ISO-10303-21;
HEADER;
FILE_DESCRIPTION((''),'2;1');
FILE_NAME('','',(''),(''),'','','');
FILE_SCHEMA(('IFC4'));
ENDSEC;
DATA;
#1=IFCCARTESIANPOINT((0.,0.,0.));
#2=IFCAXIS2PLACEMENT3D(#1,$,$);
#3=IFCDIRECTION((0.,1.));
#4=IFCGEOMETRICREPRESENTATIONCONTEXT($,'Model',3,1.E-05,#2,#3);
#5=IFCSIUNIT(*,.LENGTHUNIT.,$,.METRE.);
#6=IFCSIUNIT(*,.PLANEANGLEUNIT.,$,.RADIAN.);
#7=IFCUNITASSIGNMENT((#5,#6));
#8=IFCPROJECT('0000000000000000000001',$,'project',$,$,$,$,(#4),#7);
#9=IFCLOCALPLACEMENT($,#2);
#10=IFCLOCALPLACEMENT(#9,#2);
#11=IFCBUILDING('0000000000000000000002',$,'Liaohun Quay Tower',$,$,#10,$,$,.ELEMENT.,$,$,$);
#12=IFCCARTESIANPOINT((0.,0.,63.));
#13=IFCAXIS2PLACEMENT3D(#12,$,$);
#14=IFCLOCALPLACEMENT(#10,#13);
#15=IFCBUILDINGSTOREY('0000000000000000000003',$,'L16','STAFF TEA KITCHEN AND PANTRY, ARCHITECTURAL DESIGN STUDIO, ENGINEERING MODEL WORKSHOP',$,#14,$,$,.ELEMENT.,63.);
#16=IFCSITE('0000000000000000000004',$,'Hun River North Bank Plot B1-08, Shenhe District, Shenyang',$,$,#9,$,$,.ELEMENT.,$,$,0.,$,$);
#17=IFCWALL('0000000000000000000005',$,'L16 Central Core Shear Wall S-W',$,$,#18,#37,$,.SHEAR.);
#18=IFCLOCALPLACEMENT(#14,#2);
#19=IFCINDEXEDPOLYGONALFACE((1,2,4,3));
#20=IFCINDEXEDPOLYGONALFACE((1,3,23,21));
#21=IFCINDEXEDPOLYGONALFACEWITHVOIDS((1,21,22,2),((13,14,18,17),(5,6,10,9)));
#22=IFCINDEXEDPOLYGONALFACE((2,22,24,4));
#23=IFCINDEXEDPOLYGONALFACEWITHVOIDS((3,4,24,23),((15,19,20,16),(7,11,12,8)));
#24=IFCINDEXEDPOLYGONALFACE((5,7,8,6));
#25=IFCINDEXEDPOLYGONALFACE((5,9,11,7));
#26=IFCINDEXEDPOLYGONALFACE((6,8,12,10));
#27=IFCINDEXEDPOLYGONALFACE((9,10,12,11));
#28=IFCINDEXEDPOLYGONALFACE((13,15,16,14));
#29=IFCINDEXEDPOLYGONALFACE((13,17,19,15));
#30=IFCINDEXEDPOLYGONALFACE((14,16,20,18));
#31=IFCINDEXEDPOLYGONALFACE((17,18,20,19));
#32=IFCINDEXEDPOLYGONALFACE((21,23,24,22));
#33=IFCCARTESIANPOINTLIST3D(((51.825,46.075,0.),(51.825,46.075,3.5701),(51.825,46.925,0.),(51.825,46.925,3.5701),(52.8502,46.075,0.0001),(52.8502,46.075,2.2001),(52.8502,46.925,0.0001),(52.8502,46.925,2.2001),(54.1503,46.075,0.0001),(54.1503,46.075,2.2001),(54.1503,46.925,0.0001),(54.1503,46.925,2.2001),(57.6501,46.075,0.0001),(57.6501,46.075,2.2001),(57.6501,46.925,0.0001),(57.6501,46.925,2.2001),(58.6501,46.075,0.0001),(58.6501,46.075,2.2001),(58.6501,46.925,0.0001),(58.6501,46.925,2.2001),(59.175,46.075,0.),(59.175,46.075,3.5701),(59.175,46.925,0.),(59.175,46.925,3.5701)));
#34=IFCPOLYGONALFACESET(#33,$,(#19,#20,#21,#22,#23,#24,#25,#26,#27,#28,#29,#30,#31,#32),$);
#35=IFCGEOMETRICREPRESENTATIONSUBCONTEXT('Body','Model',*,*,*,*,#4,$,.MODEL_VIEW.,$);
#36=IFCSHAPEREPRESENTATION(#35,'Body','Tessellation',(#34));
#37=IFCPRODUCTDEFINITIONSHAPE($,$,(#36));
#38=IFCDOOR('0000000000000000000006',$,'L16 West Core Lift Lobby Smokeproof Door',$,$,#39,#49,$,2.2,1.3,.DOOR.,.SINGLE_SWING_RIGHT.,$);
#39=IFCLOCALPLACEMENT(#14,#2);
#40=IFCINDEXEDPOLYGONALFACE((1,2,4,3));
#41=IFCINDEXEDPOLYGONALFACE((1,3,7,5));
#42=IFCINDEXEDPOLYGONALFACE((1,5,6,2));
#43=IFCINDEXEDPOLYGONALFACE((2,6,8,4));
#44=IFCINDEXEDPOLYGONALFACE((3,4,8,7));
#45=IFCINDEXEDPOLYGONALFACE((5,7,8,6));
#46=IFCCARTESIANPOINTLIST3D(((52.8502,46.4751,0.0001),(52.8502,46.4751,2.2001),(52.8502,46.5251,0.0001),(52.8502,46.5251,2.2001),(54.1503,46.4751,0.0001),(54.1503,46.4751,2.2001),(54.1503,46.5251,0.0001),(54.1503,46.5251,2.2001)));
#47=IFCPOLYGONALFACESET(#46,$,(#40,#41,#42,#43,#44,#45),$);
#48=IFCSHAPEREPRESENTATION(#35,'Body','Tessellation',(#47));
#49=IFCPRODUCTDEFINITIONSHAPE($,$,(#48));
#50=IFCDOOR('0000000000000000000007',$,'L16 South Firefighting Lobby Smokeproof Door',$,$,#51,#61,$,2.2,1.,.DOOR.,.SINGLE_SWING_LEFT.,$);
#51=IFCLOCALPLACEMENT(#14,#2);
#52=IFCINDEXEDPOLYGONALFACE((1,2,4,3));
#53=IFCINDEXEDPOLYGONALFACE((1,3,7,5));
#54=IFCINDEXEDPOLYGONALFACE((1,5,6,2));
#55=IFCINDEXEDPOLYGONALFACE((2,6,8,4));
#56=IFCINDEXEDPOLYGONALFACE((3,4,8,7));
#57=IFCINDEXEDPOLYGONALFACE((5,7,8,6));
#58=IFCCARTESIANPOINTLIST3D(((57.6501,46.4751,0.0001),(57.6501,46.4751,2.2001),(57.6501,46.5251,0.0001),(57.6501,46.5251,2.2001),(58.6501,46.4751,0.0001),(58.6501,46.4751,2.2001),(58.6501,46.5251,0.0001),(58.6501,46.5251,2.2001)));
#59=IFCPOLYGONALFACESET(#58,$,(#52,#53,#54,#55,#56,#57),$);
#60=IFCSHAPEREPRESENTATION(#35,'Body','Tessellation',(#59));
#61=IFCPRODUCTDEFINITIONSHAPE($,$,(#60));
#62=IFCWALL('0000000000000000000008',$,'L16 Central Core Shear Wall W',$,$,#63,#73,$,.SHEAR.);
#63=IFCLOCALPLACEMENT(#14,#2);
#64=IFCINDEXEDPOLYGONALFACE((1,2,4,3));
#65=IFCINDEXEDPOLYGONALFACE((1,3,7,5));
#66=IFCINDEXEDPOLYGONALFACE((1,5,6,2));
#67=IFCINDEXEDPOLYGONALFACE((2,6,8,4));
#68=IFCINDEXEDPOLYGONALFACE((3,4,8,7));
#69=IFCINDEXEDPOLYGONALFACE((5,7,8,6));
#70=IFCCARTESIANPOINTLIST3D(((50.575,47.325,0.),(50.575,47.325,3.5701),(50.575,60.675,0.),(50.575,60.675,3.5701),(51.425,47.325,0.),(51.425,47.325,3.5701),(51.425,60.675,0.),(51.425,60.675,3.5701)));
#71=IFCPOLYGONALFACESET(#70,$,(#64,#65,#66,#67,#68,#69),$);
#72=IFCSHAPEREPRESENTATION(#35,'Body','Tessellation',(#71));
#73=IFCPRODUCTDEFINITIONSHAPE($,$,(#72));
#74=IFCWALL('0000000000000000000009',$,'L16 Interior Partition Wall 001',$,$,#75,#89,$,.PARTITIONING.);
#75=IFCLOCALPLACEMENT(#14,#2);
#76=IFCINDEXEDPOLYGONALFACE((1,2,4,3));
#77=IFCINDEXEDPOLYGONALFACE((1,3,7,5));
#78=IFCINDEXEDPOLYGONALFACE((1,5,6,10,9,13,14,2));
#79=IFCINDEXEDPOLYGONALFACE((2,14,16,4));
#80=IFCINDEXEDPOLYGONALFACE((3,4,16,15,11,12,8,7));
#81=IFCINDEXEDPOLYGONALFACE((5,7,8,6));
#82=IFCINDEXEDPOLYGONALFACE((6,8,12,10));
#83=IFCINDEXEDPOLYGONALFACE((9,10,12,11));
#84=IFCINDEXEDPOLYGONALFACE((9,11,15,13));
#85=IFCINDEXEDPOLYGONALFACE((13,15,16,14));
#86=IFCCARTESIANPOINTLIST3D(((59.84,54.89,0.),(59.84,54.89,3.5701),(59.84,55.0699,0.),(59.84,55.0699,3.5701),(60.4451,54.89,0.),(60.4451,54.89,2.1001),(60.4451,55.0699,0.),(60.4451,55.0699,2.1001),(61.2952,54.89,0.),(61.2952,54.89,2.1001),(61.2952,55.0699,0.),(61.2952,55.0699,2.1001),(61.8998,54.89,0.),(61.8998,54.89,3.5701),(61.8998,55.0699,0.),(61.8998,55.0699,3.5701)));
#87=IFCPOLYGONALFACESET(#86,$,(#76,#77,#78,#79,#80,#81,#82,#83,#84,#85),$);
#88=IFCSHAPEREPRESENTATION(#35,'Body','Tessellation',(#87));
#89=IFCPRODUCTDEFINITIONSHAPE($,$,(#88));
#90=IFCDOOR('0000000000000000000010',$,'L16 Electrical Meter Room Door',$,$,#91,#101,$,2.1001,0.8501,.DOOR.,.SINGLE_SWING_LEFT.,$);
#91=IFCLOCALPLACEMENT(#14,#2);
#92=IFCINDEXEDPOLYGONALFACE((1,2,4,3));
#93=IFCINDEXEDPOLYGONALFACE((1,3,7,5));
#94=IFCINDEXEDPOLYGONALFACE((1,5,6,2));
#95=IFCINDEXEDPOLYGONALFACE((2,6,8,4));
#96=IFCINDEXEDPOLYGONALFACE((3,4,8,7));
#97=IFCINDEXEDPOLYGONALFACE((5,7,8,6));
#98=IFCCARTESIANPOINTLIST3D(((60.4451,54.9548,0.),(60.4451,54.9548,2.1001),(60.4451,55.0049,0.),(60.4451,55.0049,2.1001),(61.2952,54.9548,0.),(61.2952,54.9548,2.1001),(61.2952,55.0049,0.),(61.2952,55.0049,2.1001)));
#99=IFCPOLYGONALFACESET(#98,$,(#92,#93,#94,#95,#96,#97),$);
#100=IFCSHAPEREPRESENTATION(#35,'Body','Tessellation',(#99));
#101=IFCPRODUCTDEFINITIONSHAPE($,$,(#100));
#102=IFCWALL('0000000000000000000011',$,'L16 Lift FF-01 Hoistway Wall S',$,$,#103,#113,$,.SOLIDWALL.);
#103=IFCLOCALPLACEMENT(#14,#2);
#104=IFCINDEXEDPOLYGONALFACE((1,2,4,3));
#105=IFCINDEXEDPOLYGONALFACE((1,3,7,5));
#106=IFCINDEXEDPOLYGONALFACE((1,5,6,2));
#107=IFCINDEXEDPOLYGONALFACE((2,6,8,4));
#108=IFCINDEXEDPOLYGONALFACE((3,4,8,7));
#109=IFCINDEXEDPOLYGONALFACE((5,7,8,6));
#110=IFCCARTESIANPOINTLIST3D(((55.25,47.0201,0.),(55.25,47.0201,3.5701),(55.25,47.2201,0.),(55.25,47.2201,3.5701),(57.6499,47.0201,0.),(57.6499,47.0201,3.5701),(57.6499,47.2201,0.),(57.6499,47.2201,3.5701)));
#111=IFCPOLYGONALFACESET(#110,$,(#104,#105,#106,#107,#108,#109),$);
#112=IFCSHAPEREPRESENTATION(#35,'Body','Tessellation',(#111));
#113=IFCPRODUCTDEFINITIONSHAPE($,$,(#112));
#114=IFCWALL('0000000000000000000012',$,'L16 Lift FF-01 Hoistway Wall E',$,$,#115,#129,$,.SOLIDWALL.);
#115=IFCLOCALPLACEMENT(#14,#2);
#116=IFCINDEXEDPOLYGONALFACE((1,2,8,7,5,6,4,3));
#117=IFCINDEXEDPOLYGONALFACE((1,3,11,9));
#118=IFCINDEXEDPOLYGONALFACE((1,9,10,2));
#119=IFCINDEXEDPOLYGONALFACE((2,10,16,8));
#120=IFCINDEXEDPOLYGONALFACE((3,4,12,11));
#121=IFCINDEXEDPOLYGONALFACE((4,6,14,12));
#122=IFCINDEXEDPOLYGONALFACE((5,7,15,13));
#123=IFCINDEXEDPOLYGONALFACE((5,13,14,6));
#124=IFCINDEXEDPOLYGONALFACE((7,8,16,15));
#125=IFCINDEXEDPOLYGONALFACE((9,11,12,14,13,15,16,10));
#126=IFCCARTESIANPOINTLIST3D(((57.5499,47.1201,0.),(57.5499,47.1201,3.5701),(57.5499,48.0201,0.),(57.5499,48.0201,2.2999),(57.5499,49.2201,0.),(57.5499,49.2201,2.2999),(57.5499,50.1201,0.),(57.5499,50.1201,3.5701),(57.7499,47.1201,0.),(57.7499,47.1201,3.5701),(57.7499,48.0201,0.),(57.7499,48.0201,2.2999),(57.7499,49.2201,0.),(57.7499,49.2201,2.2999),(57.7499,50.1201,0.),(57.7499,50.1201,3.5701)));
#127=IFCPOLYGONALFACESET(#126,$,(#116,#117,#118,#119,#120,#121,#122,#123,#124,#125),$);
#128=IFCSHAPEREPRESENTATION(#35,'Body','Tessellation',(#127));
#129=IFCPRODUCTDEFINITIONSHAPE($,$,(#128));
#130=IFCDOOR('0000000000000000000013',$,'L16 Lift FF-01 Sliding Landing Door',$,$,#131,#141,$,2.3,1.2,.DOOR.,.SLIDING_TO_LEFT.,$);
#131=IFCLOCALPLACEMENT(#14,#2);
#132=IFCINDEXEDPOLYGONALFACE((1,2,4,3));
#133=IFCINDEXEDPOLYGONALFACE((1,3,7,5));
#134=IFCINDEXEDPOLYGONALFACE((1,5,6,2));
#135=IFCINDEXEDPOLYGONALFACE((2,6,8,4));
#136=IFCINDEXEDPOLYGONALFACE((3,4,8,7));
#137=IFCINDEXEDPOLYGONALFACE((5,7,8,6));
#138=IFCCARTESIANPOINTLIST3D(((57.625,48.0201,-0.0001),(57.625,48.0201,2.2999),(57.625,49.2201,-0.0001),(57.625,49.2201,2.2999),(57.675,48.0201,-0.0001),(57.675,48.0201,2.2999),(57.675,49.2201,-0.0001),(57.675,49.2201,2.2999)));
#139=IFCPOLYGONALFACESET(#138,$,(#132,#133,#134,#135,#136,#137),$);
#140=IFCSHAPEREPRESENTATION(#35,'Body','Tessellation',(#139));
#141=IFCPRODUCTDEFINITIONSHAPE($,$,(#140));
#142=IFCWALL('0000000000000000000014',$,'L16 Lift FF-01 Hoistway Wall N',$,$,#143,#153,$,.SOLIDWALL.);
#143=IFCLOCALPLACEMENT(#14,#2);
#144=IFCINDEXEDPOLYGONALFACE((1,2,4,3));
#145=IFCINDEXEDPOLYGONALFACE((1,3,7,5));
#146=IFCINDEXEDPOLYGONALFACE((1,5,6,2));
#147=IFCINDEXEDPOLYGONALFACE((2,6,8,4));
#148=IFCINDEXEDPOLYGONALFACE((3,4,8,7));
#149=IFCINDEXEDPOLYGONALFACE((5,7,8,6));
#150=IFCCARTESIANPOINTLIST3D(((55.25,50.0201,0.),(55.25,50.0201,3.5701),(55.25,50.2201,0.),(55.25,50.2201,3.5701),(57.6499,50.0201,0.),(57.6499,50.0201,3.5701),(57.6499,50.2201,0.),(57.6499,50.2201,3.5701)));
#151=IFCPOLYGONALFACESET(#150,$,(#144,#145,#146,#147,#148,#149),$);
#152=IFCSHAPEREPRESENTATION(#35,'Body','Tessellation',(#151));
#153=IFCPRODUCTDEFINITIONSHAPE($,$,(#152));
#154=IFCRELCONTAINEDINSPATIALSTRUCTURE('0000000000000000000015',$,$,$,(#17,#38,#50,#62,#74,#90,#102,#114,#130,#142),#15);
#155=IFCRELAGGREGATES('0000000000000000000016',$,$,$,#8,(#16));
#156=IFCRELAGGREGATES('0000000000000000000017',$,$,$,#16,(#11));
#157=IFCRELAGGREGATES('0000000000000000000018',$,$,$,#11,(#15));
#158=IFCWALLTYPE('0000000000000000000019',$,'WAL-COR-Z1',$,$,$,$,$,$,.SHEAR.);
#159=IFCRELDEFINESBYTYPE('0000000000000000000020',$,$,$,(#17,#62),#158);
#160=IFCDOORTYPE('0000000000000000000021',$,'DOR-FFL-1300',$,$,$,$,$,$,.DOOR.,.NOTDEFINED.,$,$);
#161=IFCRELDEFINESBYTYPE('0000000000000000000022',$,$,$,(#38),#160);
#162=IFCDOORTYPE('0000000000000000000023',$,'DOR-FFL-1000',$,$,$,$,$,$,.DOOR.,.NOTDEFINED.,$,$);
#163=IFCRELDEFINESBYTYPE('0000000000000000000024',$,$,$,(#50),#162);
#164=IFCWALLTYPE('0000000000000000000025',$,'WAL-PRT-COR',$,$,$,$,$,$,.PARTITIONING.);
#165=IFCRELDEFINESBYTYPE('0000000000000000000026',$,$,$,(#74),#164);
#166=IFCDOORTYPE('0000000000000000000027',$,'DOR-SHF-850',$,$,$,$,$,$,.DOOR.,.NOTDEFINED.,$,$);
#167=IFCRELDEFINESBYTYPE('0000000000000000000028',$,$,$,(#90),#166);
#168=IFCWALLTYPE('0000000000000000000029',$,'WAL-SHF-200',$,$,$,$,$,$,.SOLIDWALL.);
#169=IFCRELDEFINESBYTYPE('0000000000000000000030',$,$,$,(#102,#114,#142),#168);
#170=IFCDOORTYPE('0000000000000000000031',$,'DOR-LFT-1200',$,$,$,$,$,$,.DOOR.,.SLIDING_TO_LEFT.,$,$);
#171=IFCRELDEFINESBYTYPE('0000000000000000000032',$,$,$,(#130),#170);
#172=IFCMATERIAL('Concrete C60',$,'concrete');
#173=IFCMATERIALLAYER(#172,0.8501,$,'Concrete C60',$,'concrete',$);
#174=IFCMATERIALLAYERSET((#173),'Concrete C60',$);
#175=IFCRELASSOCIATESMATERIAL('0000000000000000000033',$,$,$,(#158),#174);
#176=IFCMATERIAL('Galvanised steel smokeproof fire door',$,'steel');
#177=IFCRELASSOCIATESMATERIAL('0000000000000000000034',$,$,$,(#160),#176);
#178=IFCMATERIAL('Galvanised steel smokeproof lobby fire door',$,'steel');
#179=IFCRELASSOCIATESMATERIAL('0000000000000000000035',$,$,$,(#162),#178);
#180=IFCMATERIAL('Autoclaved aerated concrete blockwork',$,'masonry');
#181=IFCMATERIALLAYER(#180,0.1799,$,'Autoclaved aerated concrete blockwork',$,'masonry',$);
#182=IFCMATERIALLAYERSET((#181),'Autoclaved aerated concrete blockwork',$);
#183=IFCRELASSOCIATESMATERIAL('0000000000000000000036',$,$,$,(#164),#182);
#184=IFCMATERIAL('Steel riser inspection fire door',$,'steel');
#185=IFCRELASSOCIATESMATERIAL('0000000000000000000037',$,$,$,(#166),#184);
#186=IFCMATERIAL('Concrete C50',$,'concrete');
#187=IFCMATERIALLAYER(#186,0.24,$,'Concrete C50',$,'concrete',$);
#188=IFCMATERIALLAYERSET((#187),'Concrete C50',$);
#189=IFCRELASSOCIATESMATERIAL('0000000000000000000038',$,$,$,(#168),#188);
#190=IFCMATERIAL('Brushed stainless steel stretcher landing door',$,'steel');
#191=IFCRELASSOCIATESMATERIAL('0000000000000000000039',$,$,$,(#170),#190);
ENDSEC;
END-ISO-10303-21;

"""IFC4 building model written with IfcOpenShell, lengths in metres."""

from ifc_helpers import new_model, si_unit, direction, frame, frame_2d, origin, place, context, subcontext, project, spatial, rectangle, extrude, source, transform, mapped, material, layer, layer_set, type_object, element, fill, save


model = new_model("IFC4")

# Units and contexts
model_context = context("Model", 3, precision=1e-05, world=origin(), true_north=direction((0.0, 1.0)))
body_context = subcontext(model_context, "Body", "Model", "MODEL_VIEW")
ifc_project = project(units=[si_unit("LENGTHUNIT", "METRE"), si_unit("PLANEANGLEUNIT", "RADIAN")], contexts=[model_context])

# Site, building, storey
site_placement = place(None, origin())
site = spatial("IfcSite", under=ifc_project, at=site_placement, Name="Hun River North Bank Plot B1-08, Shenhe District, Shenyang", CompositionType="ELEMENT", RefElevation=0.0)
building_placement = place(site_placement, origin())
building = spatial("IfcBuilding", under=site, at=building_placement, Name="Liaohun Quay Tower", CompositionType="ELEMENT")
storey_placement = place(building_placement, frame((0.0, 0.0, 63.0)))
storey = spatial("IfcBuildingStorey", under=building, at=storey_placement, Name="L16", Description="STAFF TEA KITCHEN AND PANTRY, ARCHITECTURAL DESIGN STUDIO, ENGINEERING MODEL WORKSHOP", CompositionType="ELEMENT", Elevation=63.0)

# Wall, openings, doors
ifc_material_1 = material(Name="Concrete C60", Category="concrete")
ifc_layer_1 = layer(ifc_material_1, 0.8501, Name="Concrete C60", Category="concrete")
ifc_layer_set_1 = layer_set([ifc_layer_1], Name="Concrete C60")
wall_type_1 = type_object("IfcWallType", Name="WAL-COR-Z1", PredefinedType="SHEAR", material=ifc_layer_set_1)
wall_1_placement = place(storey_placement, frame((59.175, 46.5, 0.0), z_axis=(0.0, 0.0, 1.0), x_axis=(-1.0, 0.0, 0.0)))
wall_1 = element("IfcWall", 1, at=wall_1_placement, inside=storey, type_object=wall_type_1, Name="L16 Central Core Shear Wall S-W", PredefinedType="SHEAR", context=body_context, shape_type="SweptSolid", body=[
    extrude(rectangle(XDim=7.3501, YDim=0.8501, at=frame_2d((3.675, 0.0))), origin(), (0.0, 0.0, 1.0), 3.5701),
])
shared_shape_1 = source(origin(), body_context, "Body", "SweptSolid", [
    extrude(rectangle(XDim=1.3, YDim=2.2, at=frame_2d((0.6499, 1.1001))), frame((0.0, 0.4351, 0.0), z_axis=(0.0, -1.0, 0.0), x_axis=(1.0, 0.0, 0.0)), (0.0, 0.0, 1.0), 0.8701),
])
opening_1_placement = place(wall_1_placement, frame((5.0249, 0.0, 0.0)))
opening_1 = element("IfcOpeningElement", 2, at=opening_1_placement, cuts=wall_1, PredefinedType="OPENING", context=body_context, shape_type="MappedRepresentation", body=[
    mapped(shared_shape_1, transform((0.0, 0.0, 0.0), x_axis=(1.0, 0.0, 0.0), y_axis=(0.0, 1.0, 0.0), z_axis=(0.0, 0.0, 1.0), scale=1.0)),
])
shared_shape_2 = source(origin(), body_context, "Body", "SweptSolid", [
    extrude(rectangle(XDim=1.0, YDim=2.2, at=frame_2d((0.5, 1.1001))), frame((0.0, 0.4351, 0.0), z_axis=(0.0, -1.0, 0.0), x_axis=(1.0, 0.0, 0.0)), (0.0, 0.0, 1.0), 0.8701),
])
opening_2_placement = place(wall_1_placement, frame((0.5249, 0.0, 0.0)))
opening_2 = element("IfcOpeningElement", 3, at=opening_2_placement, cuts=wall_1, PredefinedType="OPENING", context=body_context, shape_type="MappedRepresentation", body=[
    mapped(shared_shape_2, transform((0.0, 0.0, 0.0), x_axis=(1.0, 0.0, 0.0), y_axis=(0.0, 1.0, 0.0), z_axis=(0.0, 0.0, 1.0), scale=1.0)),
])
ifc_material_2 = material(Name="Galvanised steel smokeproof fire door", Category="steel")
door_type_1 = type_object("IfcDoorType", Name="DOR-FFL-1300", OperationType="NOTDEFINED", PredefinedType="DOOR", material=ifc_material_2)
shared_shape_3 = source(origin(), body_context, "Body", "SweptSolid", [
    extrude(rectangle(XDim=1.3, YDim=2.2, at=frame_2d((0.6499, 1.1001))), frame((0.0, 0.0249, 0.0), z_axis=(0.0, -1.0, 0.0), x_axis=(1.0, 0.0, 0.0)), (0.0, 0.0, 1.0), 0.05),
])
door_1_placement = place(opening_1_placement, origin())
door_1 = element("IfcDoor", 4, at=door_1_placement, inside=storey, type_object=door_type_1, Name="L16 West Core Lift Lobby Smokeproof Door", OperationType="SINGLE_SWING_RIGHT", OverallHeight=2.2, OverallWidth=1.3, PredefinedType="DOOR", context=body_context, shape_type="MappedRepresentation", body=[
    mapped(shared_shape_3, transform((0.0, 0.0, 0.0), x_axis=(1.0, 0.0, 0.0), y_axis=(0.0, 1.0, 0.0), z_axis=(0.0, 0.0, 1.0), scale=1.0)),
])
fill(opening_1, door_1)
ifc_material_3 = material(Name="Galvanised steel smokeproof lobby fire door", Category="steel")
door_type_2 = type_object("IfcDoorType", Name="DOR-FFL-1000", OperationType="NOTDEFINED", PredefinedType="DOOR", material=ifc_material_3)
shared_shape_4 = source(origin(), body_context, "Body", "SweptSolid", [
    extrude(rectangle(XDim=1.0, YDim=2.2, at=frame_2d((0.5, 1.1001))), frame((0.0, 0.0249, 0.0), z_axis=(0.0, -1.0, 0.0), x_axis=(1.0, 0.0, 0.0)), (0.0, 0.0, 1.0), 0.05),
])
door_2_placement = place(opening_2_placement, origin())
door_2 = element("IfcDoor", 5, at=door_2_placement, inside=storey, type_object=door_type_2, Name="L16 South Firefighting Lobby Smokeproof Door", OperationType="SINGLE_SWING_LEFT", OverallHeight=2.2, OverallWidth=1.0, PredefinedType="DOOR", context=body_context, shape_type="MappedRepresentation", body=[
    mapped(shared_shape_4, transform((0.0, 0.0, 0.0), x_axis=(1.0, 0.0, 0.0), y_axis=(0.0, 1.0, 0.0), z_axis=(0.0, 0.0, 1.0), scale=1.0)),
])
fill(opening_2, door_2)

# Wall
wall_2_placement = place(storey_placement, frame((51.0, 47.325, 0.0), z_axis=(0.0, 0.0, 1.0), x_axis=(0.0, 1.0, 0.0)))
element("IfcWall", 6, at=wall_2_placement, inside=storey, type_object=wall_type_1, Name="L16 Central Core Shear Wall W", PredefinedType="SHEAR", context=body_context, shape_type="SweptSolid", body=[
    extrude(rectangle(XDim=13.3501, YDim=0.8501, at=frame_2d((6.675, 0.0))), origin(), (0.0, 0.0, 1.0), 3.5701),
])

# Wall, opening, door
ifc_material_4 = material(Name="Autoclaved aerated concrete blockwork", Category="masonry")
ifc_layer_2 = layer(ifc_material_4, 0.1799, Name="Autoclaved aerated concrete blockwork", Category="masonry")
ifc_layer_set_2 = layer_set([ifc_layer_2], Name="Autoclaved aerated concrete blockwork")
wall_type_2 = type_object("IfcWallType", Name="WAL-PRT-COR", PredefinedType="PARTITIONING", material=ifc_layer_set_2)
wall_3_placement = place(storey_placement, frame((59.8401, 54.98, 0.0), z_axis=(0.0, 0.0, 1.0), x_axis=(1.0, 0.0, 0.0)))
wall_3 = element("IfcWall", 7, at=wall_3_placement, inside=storey, type_object=wall_type_2, Name="L16 Interior Partition Wall 001", PredefinedType="PARTITIONING", context=body_context, shape_type="SweptSolid", body=[
    extrude(rectangle(XDim=2.0598, YDim=0.1799, at=frame_2d((1.0298, 0.0))), origin(), (0.0, 0.0, 1.0), 3.5701),
])
shared_shape_5 = source(origin(), body_context, "Body", "SweptSolid", [
    extrude(rectangle(XDim=0.8501, YDim=2.1001, at=frame_2d((0.425, 1.05))), frame((0.0, 0.0999, 0.0), z_axis=(0.0, -1.0, 0.0), x_axis=(1.0, 0.0, 0.0)), (0.0, 0.0, 1.0), 0.2),
])
opening_3_placement = place(wall_3_placement, frame((0.605, 0.0, 0.0)))
opening_3 = element("IfcOpeningElement", 8, at=opening_3_placement, cuts=wall_3, PredefinedType="OPENING", context=body_context, shape_type="MappedRepresentation", body=[
    mapped(shared_shape_5, transform((0.0, 0.0, 0.0), x_axis=(1.0, 0.0, 0.0), y_axis=(0.0, 1.0, 0.0), z_axis=(0.0, 0.0, 1.0), scale=1.0)),
])
ifc_material_5 = material(Name="Steel riser inspection fire door", Category="steel")
door_type_3 = type_object("IfcDoorType", Name="DOR-SHF-850", OperationType="NOTDEFINED", PredefinedType="DOOR", material=ifc_material_5)
shared_shape_6 = source(origin(), body_context, "Body", "SweptSolid", [
    extrude(rectangle(XDim=0.8501, YDim=2.1001, at=frame_2d((0.425, 1.05))), frame((0.0, 0.0249, 0.0), z_axis=(0.0, -1.0, 0.0), x_axis=(1.0, 0.0, 0.0)), (0.0, 0.0, 1.0), 0.05),
])
door_3_placement = place(opening_3_placement, origin())
door_3 = element("IfcDoor", 9, at=door_3_placement, inside=storey, type_object=door_type_3, Name="L16 Electrical Meter Room Door", OperationType="SINGLE_SWING_LEFT", OverallHeight=2.1001, OverallWidth=0.8501, PredefinedType="DOOR", context=body_context, shape_type="MappedRepresentation", body=[
    mapped(shared_shape_6, transform((0.0, 0.0, 0.0), x_axis=(1.0, 0.0, 0.0), y_axis=(0.0, 1.0, 0.0), z_axis=(0.0, 0.0, 1.0), scale=1.0)),
])
fill(opening_3, door_3)

# Wall
ifc_material_6 = material(Name="Concrete C50", Category="concrete")
ifc_layer_3 = layer(ifc_material_6, 0.24, Name="Concrete C50", Category="concrete")
ifc_layer_set_3 = layer_set([ifc_layer_3], Name="Concrete C50")
wall_type_3 = type_object("IfcWallType", Name="WAL-SHF-200", PredefinedType="SOLIDWALL", material=ifc_layer_set_3)
wall_4_placement = place(storey_placement, frame((55.25, 47.1201, 0.0), z_axis=(0.0, 0.0, 1.0), x_axis=(1.0, 0.0, 0.0)))
element("IfcWall", 10, at=wall_4_placement, inside=storey, type_object=wall_type_3, Name="L16 Lift FF-01 Hoistway Wall S", PredefinedType="SOLIDWALL", context=body_context, shape_type="SweptSolid", body=[
    extrude(rectangle(XDim=2.3999, YDim=0.2, at=frame_2d((1.2, 0.0))), origin(), (0.0, 0.0, 1.0), 3.5701),
])

# Wall, opening, door
wall_5_placement = place(storey_placement, frame((57.6499, 47.1201, 0.0), z_axis=(0.0, 0.0, 1.0), x_axis=(0.0, 1.0, 0.0)))
wall_5 = element("IfcWall", 11, at=wall_5_placement, inside=storey, type_object=wall_type_3, Name="L16 Lift FF-01 Hoistway Wall E", PredefinedType="SOLIDWALL", context=body_context, shape_type="SweptSolid", body=[
    extrude(rectangle(XDim=3.0, YDim=0.2, at=frame_2d((1.5, 0.0))), origin(), (0.0, 0.0, 1.0), 3.5701),
])
shared_shape_7 = source(origin(), body_context, "Body", "SweptSolid", [
    extrude(rectangle(XDim=1.2, YDim=2.3, at=frame_2d((0.6001, 1.1499))), frame((0.0, 0.1099, 0.0), z_axis=(0.0, -1.0, 0.0), x_axis=(1.0, 0.0, 0.0)), (0.0, 0.0, 1.0), 0.22),
])
opening_4_placement = place(wall_5_placement, frame((0.8999, 0.0, 0.0)))
opening_4 = element("IfcOpeningElement", 12, at=opening_4_placement, cuts=wall_5, PredefinedType="OPENING", context=body_context, shape_type="MappedRepresentation", body=[
    mapped(shared_shape_7, transform((0.0, 0.0, 0.0), x_axis=(1.0, 0.0, 0.0), y_axis=(0.0, 1.0, 0.0), z_axis=(0.0, 0.0, 1.0), scale=1.0)),
])
ifc_material_7 = material(Name="Brushed stainless steel stretcher landing door", Category="steel")
door_type_4 = type_object("IfcDoorType", Name="DOR-LFT-1200", OperationType="SLIDING_TO_LEFT", PredefinedType="DOOR", material=ifc_material_7)
shared_shape_8 = source(origin(), body_context, "Body", "SweptSolid", [
    extrude(rectangle(XDim=1.2, YDim=2.3, at=frame_2d((0.6001, 1.1499))), frame((0.0, 0.0249, 0.0), z_axis=(0.0, -1.0, 0.0), x_axis=(1.0, 0.0, 0.0)), (0.0, 0.0, 1.0), 0.05),
])
door_4_placement = place(opening_4_placement, origin())
door_4 = element("IfcDoor", 13, at=door_4_placement, inside=storey, type_object=door_type_4, Name="L16 Lift FF-01 Sliding Landing Door", OperationType="SLIDING_TO_LEFT", OverallHeight=2.3, OverallWidth=1.2, PredefinedType="DOOR", context=body_context, shape_type="MappedRepresentation", body=[
    mapped(shared_shape_8, transform((0.0, 0.0, 0.0), x_axis=(1.0, 0.0, 0.0), y_axis=(0.0, 1.0, 0.0), z_axis=(0.0, 0.0, 1.0), scale=1.0)),
])
fill(opening_4, door_4)

# Wall
wall_6_placement = place(storey_placement, frame((57.6499, 50.1201, 0.0), z_axis=(0.0, 0.0, 1.0), x_axis=(-1.0, 0.0, 0.0)))
element("IfcWall", 14, at=wall_6_placement, inside=storey, type_object=wall_type_3, Name="L16 Lift FF-01 Hoistway Wall N", PredefinedType="SOLIDWALL", context=body_context, shape_type="SweptSolid", body=[
    extrude(rectangle(XDim=2.3999, YDim=0.2, at=frame_2d((1.2, 0.0))), origin(), (0.0, 0.0, 1.0), 3.5701),
])

save(model, "model.ifc")
